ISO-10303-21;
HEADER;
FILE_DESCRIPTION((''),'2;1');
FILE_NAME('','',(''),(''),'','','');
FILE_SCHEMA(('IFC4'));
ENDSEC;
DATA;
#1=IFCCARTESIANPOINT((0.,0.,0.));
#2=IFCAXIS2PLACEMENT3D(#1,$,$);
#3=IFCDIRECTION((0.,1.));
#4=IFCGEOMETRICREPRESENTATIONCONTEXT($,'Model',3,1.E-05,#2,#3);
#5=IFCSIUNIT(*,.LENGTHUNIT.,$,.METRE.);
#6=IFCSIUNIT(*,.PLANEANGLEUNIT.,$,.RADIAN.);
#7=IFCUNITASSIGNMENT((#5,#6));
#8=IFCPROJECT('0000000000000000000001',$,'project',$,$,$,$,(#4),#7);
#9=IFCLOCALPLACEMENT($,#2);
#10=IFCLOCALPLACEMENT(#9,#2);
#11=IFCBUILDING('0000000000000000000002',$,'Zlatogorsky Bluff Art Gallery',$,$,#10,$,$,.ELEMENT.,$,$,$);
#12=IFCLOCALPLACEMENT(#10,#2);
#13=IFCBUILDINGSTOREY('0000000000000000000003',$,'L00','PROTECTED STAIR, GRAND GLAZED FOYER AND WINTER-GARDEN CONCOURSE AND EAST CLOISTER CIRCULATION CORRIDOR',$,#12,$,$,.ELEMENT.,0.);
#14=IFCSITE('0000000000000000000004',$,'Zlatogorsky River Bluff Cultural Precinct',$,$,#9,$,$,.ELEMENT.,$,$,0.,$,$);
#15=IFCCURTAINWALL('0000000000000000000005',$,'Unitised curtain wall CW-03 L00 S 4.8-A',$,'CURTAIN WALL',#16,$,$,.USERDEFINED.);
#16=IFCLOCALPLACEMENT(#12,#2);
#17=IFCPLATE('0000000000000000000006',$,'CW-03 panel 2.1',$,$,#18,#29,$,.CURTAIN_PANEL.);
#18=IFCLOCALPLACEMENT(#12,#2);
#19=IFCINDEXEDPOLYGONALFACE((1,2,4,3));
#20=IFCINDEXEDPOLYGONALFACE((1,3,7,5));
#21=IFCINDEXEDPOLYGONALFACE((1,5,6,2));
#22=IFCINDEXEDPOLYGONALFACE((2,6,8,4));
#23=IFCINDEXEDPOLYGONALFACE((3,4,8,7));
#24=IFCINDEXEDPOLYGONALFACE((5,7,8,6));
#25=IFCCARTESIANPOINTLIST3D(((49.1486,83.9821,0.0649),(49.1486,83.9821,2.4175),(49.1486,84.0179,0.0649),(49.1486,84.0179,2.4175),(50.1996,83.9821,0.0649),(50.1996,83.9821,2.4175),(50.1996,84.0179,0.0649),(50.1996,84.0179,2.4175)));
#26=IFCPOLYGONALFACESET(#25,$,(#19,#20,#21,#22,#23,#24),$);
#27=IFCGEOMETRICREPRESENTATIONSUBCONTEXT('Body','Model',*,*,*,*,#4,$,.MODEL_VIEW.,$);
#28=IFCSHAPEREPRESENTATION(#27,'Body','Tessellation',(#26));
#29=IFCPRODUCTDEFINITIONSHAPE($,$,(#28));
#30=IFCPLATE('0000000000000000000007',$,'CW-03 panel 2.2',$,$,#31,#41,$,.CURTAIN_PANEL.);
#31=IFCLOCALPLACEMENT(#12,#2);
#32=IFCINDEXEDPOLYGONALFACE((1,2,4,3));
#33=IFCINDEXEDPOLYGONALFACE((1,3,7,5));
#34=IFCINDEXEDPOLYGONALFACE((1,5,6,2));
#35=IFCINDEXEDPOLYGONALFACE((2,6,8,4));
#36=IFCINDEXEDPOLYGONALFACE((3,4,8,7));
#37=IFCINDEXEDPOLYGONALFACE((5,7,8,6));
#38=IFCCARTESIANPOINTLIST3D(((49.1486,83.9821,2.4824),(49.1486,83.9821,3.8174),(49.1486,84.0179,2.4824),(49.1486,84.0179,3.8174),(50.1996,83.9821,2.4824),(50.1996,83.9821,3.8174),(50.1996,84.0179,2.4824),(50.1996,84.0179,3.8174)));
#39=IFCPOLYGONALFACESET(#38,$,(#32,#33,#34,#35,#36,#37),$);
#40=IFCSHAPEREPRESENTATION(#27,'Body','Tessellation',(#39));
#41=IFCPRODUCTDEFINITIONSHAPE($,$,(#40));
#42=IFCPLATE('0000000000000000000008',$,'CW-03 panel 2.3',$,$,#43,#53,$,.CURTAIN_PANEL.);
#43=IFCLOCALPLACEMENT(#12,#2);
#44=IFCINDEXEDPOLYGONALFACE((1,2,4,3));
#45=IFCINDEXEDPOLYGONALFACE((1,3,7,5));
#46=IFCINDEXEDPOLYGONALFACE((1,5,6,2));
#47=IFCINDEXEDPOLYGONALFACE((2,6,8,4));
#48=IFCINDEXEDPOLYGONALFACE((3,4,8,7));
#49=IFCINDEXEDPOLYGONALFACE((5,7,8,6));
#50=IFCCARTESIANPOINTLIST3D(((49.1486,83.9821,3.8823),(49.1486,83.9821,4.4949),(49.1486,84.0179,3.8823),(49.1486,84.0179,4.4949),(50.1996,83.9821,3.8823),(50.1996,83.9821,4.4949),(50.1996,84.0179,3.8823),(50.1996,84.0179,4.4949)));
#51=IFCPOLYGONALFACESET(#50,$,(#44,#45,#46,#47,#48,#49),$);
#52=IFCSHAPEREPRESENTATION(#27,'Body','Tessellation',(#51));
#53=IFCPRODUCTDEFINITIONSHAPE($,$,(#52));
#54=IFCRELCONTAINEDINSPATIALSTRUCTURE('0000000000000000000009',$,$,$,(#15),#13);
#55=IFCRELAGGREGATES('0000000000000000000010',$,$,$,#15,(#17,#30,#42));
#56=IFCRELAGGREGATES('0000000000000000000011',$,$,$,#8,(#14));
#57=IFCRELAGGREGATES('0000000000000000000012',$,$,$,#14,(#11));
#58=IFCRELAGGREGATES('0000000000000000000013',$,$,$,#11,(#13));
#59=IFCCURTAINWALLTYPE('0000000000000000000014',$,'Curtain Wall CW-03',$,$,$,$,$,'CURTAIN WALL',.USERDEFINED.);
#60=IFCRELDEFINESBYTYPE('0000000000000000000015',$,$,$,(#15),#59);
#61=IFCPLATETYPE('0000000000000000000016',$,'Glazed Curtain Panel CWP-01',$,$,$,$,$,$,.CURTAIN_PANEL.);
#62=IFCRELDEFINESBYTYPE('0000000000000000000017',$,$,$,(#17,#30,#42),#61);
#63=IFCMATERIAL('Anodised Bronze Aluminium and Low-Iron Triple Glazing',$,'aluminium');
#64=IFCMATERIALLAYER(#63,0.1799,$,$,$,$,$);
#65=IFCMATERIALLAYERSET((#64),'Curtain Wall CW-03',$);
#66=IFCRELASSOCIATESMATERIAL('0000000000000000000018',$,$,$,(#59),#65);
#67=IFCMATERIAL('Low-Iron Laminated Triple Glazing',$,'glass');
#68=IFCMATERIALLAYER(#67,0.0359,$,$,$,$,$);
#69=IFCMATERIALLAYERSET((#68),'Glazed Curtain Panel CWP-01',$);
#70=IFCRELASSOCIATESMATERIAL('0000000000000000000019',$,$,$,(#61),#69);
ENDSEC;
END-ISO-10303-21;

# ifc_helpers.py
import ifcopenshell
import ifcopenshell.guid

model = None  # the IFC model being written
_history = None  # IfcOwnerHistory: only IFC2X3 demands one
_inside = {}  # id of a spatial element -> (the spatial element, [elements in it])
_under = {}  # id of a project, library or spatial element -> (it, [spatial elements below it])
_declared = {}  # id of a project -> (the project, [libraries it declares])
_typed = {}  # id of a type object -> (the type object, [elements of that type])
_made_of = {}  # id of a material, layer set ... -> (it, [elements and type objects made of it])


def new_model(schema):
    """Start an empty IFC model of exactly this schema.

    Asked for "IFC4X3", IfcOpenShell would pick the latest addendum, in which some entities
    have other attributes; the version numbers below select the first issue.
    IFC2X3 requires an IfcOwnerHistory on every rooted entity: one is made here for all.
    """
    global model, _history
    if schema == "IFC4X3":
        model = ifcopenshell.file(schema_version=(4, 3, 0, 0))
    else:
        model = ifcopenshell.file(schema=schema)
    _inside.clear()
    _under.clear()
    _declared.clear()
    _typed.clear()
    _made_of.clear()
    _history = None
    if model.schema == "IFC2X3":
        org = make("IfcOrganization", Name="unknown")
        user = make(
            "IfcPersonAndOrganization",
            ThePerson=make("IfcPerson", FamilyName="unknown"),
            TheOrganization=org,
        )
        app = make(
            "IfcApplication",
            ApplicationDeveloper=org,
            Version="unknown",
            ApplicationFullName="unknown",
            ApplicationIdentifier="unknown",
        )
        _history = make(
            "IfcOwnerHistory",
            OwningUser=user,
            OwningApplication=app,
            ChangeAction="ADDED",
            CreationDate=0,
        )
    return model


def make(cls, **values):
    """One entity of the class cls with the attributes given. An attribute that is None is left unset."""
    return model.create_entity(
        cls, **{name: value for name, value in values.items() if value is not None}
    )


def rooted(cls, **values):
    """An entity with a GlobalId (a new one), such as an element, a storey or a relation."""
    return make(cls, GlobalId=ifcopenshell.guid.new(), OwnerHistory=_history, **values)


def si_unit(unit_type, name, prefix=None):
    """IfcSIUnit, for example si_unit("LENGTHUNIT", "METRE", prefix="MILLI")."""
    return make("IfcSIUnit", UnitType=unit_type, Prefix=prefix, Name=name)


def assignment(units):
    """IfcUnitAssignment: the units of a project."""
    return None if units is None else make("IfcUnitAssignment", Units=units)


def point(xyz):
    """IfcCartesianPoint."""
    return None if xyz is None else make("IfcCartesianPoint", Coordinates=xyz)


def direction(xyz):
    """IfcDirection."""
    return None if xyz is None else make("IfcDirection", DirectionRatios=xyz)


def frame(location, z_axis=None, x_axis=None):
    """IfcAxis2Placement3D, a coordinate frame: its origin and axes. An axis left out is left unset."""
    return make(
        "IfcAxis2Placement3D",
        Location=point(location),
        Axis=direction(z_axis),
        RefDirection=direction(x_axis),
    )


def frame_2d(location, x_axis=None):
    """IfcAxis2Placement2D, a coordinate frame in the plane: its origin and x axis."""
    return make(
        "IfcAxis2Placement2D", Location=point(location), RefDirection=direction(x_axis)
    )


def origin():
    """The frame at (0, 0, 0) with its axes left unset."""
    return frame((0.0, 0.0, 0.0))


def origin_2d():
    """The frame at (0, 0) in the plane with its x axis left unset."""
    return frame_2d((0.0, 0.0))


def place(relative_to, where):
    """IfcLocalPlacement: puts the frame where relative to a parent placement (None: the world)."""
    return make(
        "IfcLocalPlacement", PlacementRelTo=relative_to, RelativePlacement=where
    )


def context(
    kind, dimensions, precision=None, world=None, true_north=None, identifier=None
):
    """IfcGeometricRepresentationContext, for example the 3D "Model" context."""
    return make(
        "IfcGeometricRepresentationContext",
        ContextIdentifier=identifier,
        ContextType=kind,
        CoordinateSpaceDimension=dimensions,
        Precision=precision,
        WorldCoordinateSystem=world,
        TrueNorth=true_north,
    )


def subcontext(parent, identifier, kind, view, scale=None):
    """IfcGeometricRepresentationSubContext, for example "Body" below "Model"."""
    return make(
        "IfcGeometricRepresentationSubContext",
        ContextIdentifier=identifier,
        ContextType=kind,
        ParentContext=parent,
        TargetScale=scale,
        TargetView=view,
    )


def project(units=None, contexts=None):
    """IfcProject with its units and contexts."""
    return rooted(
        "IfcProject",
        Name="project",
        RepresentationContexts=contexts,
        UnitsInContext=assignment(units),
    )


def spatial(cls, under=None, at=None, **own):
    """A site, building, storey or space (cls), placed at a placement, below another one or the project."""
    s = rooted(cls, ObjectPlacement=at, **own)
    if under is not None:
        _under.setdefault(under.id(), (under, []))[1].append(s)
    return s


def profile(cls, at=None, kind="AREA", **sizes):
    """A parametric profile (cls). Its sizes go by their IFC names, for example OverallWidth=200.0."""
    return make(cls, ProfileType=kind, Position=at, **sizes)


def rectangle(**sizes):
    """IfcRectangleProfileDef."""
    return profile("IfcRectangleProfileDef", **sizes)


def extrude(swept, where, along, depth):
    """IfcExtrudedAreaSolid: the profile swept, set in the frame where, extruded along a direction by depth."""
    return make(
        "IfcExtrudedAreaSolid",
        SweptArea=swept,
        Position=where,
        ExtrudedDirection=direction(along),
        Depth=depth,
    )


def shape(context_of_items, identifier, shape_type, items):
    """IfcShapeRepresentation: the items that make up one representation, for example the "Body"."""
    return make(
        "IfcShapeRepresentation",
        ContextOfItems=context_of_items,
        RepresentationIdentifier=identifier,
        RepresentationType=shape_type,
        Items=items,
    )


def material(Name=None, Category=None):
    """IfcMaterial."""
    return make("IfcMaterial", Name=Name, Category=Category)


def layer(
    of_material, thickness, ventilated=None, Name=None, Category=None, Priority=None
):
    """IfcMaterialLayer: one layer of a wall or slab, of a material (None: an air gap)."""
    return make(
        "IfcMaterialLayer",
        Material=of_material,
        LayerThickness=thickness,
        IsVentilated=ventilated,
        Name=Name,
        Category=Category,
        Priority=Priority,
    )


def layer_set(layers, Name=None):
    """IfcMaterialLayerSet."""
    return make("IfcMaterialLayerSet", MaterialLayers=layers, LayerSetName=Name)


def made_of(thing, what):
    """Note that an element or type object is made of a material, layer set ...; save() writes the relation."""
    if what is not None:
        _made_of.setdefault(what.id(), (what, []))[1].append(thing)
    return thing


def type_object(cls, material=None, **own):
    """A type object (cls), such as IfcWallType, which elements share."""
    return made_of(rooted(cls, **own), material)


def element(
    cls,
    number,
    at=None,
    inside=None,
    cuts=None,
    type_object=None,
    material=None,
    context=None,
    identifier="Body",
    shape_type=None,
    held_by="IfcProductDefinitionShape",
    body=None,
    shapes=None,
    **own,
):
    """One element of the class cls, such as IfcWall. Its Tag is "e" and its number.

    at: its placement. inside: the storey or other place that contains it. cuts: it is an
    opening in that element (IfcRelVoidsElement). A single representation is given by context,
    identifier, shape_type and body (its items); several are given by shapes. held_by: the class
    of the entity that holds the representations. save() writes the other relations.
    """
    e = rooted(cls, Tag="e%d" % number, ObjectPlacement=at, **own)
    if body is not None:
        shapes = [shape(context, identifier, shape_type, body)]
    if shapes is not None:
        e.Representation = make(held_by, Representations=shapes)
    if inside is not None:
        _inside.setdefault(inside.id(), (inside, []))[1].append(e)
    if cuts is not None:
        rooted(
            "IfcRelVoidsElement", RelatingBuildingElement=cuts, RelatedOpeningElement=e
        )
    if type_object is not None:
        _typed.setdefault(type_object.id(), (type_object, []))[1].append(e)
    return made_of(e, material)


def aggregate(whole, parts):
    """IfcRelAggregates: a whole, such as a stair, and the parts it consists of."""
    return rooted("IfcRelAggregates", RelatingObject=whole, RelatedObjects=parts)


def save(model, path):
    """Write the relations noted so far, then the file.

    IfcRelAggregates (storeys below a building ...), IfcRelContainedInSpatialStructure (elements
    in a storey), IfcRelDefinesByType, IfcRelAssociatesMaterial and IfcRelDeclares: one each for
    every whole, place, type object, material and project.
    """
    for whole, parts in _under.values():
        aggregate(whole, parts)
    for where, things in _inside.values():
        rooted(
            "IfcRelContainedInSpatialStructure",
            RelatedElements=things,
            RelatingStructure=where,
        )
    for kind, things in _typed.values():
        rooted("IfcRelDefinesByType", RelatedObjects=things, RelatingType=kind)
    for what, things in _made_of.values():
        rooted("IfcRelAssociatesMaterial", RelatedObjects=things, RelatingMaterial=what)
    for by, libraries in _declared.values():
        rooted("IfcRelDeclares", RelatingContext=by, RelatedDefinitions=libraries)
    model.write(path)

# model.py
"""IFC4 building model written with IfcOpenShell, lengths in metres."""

from ifc_helpers import new_model, si_unit, direction, frame, origin, origin_2d, place, context, subcontext, project, spatial, rectangle, extrude, material, layer, layer_set, type_object, element, aggregate, save


model = new_model("IFC4")

# Units and contexts
model_context = context("Model", 3, precision=1e-05, world=origin(), true_north=direction((0.0, 1.0)))
body_context = subcontext(model_context, "Body", "Model", "MODEL_VIEW")
ifc_project = project(units=[si_unit("LENGTHUNIT", "METRE"), si_unit("PLANEANGLEUNIT", "RADIAN")], contexts=[model_context])

# Site, building, storey
site_placement = place(None, origin())
site = spatial("IfcSite", under=ifc_project, at=site_placement, Name="Zlatogorsky River Bluff Cultural Precinct", CompositionType="ELEMENT", RefElevation=0.0)
building_placement = place(site_placement, origin())
building = spatial("IfcBuilding", under=site, at=building_placement, Name="Zlatogorsky Bluff Art Gallery", CompositionType="ELEMENT")
storey_placement = place(building_placement, origin())
storey = spatial("IfcBuildingStorey", under=building, at=storey_placement, Name="L00", Description="PROTECTED STAIR, GRAND GLAZED FOYER AND WINTER-GARDEN CONCOURSE AND EAST CLOISTER CIRCULATION CORRIDOR", CompositionType="ELEMENT", Elevation=0.0)

# Curtain wall
ifc_material_1 = material(Name="Anodised Bronze Aluminium and Low-Iron Triple Glazing", Category="aluminium")
ifc_layer_1 = layer(ifc_material_1, 0.1799)
ifc_layer_set_1 = layer_set([ifc_layer_1], Name="Curtain Wall CW-03")
curtain_wall_type_1 = type_object("IfcCurtainWallType", Name="Curtain Wall CW-03", ElementType="CURTAIN WALL", PredefinedType="USERDEFINED", material=ifc_layer_set_1)
curtain_wall_1_placement = place(storey_placement, origin())
curtain_wall_1 = element("IfcCurtainWall", 1, at=curtain_wall_1_placement, inside=storey, type_object=curtain_wall_type_1, Name="Unitised curtain wall CW-03 L00 S 4.8-A", ObjectType="CURTAIN WALL", PredefinedType="USERDEFINED")

# Plates
ifc_material_2 = material(Name="Low-Iron Laminated Triple Glazing", Category="glass")
ifc_layer_2 = layer(ifc_material_2, 0.0359)
ifc_layer_set_2 = layer_set([ifc_layer_2], Name="Glazed Curtain Panel CWP-01")
plate_type = type_object("IfcPlateType", Name="Glazed Curtain Panel CWP-01", PredefinedType="CURTAIN_PANEL", material=ifc_layer_set_2)
plate_1_placement = place(storey_placement, frame((49.6741, 84.0, 0.0649), z_axis=(0.0, 0.0, 1.0), x_axis=(1.0, 0.0, 0.0)))
plate_1 = element("IfcPlate", 2, at=plate_1_placement, type_object=plate_type, Name="CW-03 panel 2.1", PredefinedType="CURTAIN_PANEL", context=body_context, shape_type="SweptSolid", body=[
    extrude(rectangle(XDim=1.051, YDim=0.0359, at=origin_2d()), origin(), (0.0, 0.0, 1.0), 2.3525),
])
plate_2_placement = place(storey_placement, frame((49.6741, 84.0, 2.4824), z_axis=(0.0, 0.0, 1.0), x_axis=(1.0, 0.0, 0.0)))
plate_2 = element("IfcPlate", 3, at=plate_2_placement, type_object=plate_type, Name="CW-03 panel 2.2", PredefinedType="CURTAIN_PANEL", context=body_context, shape_type="SweptSolid", body=[
    extrude(rectangle(XDim=1.051, YDim=0.0359, at=origin_2d()), origin(), (0.0, 0.0, 1.0), 1.335),
])
plate_3_placement = place(storey_placement, frame((49.6741, 84.0, 3.8823), z_axis=(0.0, 0.0, 1.0), x_axis=(1.0, 0.0, 0.0)))
plate_3 = element("IfcPlate", 4, at=plate_3_placement, type_object=plate_type, Name="CW-03 panel 2.3", PredefinedType="CURTAIN_PANEL", context=body_context, shape_type="SweptSolid", body=[
    extrude(rectangle(XDim=1.051, YDim=0.0359, at=origin_2d()), origin(), (0.0, 0.0, 1.0), 0.6125),
])
aggregate(curtain_wall_1, [plate_1, plate_2, plate_3])

save(model, "model.ifc")
